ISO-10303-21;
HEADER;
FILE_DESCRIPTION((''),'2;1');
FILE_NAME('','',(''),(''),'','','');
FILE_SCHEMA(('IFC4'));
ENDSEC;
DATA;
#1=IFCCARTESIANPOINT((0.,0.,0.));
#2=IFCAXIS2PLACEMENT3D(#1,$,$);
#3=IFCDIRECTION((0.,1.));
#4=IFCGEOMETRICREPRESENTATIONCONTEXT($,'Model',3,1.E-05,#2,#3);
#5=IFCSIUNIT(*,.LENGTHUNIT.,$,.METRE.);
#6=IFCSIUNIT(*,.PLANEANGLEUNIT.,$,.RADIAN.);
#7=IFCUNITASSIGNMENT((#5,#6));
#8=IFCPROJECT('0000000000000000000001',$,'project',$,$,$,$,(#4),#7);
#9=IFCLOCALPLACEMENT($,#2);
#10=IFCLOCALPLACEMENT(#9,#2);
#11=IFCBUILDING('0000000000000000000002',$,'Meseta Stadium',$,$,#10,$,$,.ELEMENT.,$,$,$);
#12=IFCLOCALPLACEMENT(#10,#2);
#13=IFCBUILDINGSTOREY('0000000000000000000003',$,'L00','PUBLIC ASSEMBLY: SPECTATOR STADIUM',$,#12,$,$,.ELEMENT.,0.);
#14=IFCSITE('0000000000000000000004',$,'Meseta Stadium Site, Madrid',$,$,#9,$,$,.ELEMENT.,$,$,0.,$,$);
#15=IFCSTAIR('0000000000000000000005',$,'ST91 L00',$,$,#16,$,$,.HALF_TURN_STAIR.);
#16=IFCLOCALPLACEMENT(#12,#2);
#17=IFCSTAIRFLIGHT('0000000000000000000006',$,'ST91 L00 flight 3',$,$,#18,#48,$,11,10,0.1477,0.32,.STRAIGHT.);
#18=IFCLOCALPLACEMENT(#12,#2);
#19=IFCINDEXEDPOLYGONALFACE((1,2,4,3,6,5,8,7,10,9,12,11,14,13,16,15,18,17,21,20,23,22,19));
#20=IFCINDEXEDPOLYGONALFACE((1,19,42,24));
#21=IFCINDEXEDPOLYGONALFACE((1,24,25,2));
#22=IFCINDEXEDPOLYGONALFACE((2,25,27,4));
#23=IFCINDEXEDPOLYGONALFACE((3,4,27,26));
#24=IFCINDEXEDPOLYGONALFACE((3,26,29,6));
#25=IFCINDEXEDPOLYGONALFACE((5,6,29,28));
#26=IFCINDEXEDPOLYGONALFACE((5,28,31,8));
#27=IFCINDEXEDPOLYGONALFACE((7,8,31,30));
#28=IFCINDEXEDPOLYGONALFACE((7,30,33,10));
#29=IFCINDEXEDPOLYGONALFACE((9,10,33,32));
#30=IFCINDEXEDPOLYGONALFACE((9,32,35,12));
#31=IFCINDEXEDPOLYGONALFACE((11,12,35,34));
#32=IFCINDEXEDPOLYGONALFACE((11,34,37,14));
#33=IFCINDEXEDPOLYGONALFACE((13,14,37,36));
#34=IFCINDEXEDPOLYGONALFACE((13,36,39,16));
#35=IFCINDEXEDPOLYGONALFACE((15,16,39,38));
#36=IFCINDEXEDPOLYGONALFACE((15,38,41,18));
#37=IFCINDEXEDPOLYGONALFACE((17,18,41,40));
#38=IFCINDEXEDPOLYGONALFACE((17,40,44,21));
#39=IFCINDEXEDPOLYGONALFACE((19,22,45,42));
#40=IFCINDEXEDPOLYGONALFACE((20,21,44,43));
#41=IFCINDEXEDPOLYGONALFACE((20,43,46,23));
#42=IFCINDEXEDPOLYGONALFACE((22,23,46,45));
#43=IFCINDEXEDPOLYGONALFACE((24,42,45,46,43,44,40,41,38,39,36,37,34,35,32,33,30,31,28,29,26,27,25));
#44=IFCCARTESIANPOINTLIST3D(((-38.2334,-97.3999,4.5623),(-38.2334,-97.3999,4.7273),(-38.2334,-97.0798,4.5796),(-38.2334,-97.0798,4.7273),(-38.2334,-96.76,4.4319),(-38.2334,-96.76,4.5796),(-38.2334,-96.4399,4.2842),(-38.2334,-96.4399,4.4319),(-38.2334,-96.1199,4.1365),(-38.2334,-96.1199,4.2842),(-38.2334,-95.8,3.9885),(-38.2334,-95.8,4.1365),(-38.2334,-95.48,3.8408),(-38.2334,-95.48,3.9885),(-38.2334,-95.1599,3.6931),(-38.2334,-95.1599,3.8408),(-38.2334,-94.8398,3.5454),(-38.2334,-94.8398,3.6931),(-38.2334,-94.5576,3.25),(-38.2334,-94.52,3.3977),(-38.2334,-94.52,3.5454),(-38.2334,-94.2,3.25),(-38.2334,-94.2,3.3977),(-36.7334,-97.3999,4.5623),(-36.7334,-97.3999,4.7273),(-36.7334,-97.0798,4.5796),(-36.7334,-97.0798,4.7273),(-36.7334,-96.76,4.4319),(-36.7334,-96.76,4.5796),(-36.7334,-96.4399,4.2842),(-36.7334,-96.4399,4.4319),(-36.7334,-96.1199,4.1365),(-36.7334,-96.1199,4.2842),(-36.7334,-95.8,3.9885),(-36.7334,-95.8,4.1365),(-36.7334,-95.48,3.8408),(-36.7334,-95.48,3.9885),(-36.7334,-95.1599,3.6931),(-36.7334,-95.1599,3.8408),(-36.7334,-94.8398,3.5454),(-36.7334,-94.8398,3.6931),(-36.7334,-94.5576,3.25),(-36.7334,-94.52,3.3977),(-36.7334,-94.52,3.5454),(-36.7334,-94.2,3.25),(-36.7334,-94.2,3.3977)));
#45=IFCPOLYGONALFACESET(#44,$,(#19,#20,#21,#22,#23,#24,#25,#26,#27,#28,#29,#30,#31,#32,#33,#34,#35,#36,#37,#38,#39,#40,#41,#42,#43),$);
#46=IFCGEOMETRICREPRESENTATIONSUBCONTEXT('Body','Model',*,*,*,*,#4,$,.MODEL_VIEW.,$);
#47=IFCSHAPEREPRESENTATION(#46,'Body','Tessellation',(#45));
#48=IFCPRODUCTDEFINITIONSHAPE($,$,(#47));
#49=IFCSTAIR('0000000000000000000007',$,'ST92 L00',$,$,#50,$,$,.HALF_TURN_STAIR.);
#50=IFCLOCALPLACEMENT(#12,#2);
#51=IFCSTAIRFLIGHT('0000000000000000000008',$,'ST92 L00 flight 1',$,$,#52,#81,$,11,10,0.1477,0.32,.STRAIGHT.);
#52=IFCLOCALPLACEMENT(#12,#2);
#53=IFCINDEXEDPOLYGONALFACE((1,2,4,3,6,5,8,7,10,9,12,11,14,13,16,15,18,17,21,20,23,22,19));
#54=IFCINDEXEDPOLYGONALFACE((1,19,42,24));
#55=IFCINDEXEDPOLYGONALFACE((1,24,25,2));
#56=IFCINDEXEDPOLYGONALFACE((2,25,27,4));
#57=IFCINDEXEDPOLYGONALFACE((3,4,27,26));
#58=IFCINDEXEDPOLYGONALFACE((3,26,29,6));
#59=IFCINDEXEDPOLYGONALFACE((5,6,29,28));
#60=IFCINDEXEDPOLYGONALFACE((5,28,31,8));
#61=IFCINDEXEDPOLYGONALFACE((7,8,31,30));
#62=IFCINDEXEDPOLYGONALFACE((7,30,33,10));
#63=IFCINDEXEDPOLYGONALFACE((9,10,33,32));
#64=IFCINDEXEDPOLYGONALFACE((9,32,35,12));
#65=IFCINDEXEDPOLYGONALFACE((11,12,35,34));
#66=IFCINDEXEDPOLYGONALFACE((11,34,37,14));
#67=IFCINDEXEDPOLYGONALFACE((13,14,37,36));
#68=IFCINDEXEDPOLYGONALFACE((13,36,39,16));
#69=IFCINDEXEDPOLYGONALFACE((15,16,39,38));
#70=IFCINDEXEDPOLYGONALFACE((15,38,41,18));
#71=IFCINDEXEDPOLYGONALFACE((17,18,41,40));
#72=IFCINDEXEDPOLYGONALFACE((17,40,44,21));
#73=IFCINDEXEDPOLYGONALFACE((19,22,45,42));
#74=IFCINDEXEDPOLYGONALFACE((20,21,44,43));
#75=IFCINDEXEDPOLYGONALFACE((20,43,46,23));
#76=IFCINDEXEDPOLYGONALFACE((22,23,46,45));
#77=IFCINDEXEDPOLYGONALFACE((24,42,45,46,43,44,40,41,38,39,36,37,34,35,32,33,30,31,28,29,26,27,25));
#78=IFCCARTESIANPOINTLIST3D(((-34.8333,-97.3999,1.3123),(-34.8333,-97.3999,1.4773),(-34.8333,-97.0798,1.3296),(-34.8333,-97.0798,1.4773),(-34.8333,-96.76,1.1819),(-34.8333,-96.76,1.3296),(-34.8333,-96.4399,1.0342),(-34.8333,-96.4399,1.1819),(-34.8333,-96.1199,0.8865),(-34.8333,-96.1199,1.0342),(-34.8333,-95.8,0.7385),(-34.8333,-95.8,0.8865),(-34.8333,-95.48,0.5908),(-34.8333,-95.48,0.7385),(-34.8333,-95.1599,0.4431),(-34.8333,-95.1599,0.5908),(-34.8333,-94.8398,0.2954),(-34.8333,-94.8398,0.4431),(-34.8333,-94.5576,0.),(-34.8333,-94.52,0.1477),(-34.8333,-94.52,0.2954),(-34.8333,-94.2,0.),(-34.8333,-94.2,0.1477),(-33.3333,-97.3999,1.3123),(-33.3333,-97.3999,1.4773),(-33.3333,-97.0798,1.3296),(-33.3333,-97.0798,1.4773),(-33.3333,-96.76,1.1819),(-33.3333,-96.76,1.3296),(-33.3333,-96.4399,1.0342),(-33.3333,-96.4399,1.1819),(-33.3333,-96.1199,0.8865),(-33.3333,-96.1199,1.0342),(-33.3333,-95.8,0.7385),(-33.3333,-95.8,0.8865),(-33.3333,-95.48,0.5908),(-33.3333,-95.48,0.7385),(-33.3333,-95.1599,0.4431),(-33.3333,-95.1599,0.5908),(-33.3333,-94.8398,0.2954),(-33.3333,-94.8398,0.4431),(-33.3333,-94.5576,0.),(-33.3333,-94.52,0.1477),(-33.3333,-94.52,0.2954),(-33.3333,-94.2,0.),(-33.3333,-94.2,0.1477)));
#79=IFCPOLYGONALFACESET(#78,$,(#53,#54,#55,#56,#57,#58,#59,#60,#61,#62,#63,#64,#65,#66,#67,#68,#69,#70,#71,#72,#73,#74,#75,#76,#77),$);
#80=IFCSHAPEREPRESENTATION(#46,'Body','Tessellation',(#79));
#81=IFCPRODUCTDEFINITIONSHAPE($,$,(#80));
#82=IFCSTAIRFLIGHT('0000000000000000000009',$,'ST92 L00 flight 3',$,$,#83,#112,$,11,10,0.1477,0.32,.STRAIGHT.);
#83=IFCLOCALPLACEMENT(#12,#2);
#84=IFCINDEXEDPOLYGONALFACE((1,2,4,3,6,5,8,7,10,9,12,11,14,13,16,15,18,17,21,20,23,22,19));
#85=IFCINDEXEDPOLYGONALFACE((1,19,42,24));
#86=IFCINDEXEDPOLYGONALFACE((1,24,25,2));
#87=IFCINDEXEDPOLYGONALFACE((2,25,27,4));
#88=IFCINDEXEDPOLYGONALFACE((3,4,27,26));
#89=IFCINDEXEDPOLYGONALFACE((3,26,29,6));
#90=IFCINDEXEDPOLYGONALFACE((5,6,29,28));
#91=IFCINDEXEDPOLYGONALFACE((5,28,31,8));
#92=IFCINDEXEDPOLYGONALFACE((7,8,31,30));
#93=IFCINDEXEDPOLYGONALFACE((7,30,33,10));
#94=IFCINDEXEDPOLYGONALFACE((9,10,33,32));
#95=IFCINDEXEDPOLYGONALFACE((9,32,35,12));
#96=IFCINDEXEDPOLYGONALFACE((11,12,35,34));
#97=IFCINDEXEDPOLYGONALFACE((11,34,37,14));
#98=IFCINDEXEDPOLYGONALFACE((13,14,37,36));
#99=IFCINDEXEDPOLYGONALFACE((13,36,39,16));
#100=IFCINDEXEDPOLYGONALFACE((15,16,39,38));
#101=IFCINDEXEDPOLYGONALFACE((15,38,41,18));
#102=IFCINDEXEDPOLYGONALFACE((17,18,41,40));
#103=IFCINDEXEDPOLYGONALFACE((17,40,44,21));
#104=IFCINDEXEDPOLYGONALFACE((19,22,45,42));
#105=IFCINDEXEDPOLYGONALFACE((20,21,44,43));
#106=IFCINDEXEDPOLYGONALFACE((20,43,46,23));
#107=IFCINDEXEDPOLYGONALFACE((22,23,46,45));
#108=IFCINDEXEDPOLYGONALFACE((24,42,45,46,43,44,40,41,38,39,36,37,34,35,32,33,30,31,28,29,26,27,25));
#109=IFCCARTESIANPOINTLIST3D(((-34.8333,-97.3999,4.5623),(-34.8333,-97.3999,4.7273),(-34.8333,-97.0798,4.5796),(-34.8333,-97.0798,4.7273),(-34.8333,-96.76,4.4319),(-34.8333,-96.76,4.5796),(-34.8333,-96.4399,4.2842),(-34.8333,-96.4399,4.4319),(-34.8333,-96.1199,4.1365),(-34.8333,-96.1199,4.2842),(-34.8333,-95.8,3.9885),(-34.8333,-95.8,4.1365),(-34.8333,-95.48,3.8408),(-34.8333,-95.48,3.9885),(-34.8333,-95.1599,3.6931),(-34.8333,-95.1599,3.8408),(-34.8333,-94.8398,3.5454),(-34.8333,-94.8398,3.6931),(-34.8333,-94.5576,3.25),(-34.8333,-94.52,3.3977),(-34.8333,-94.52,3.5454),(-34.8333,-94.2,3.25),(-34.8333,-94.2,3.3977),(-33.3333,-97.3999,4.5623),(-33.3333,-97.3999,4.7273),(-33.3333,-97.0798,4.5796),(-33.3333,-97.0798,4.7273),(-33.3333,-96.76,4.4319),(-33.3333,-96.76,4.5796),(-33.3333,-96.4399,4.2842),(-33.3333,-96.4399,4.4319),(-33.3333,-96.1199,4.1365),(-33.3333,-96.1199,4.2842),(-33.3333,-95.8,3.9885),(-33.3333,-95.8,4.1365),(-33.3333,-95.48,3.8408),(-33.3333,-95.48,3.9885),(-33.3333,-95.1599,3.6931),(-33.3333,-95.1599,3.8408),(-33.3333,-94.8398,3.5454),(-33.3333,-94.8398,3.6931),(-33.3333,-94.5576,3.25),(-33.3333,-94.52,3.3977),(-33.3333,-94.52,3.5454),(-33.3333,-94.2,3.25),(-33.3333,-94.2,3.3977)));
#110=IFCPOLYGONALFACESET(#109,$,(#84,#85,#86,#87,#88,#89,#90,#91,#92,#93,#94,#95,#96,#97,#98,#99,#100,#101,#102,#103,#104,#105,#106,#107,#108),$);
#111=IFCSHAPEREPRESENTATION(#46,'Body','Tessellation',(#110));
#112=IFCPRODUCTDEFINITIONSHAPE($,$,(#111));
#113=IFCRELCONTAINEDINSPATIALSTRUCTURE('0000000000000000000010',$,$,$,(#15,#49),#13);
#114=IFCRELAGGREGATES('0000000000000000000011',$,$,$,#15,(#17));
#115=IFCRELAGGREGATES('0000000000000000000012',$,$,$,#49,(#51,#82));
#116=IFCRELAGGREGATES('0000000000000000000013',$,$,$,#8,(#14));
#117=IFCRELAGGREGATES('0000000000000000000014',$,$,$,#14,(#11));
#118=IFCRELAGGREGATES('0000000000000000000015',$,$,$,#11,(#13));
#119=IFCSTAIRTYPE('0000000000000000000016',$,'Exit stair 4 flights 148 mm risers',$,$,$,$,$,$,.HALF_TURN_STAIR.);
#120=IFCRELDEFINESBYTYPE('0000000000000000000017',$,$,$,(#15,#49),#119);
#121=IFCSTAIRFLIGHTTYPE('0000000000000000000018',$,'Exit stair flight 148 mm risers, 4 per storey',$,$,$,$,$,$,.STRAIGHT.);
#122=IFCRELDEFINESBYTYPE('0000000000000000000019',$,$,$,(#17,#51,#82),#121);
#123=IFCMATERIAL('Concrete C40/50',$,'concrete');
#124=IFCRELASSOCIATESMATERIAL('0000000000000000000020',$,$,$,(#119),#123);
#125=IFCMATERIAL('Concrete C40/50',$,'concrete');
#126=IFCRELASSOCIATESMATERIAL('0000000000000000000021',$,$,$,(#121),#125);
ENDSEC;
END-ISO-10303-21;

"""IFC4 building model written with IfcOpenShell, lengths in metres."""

from ifc_helpers import new_model, si_unit, direction, frame, origin, place, context, subcontext, project, spatial, polyline, outline, extrude, material, type_object, element, aggregate, save


model = new_model("IFC4")

# Units and contexts
model_context = context("Model", 3, precision=1e-05, world=origin(), true_north=direction((0.0, 1.0)))
body_context = subcontext(model_context, "Body", "Model", "MODEL_VIEW")
ifc_project = project(units=[si_unit("LENGTHUNIT", "METRE"), si_unit("PLANEANGLEUNIT", "RADIAN")], contexts=[model_context])

# Site, building, storey
site_placement = place(None, origin())
site = spatial("IfcSite", under=ifc_project, at=site_placement, Name="Meseta Stadium Site, Madrid", CompositionType="ELEMENT", RefElevation=0.0)
building_placement = place(site_placement, origin())
building = spatial("IfcBuilding", under=site, at=building_placement, Name="Meseta Stadium", CompositionType="ELEMENT")
storey_placement = place(building_placement, origin())
storey = spatial("IfcBuildingStorey", under=building, at=storey_placement, Name="L00", Description="PUBLIC ASSEMBLY: SPECTATOR STADIUM", CompositionType="ELEMENT", Elevation=0.0)

# Stairs, stair flights
ifc_material_1 = material(Name="Concrete C40/50", Category="concrete")
stair_type = type_object("IfcStairType", Name="Exit stair 4 flights 148 mm risers", PredefinedType="HALF_TURN_STAIR", material=ifc_material_1)
stair_1_placement = place(storey_placement, origin())
stair_1 = element("IfcStair", 1, at=stair_1_placement, inside=storey, type_object=stair_type, Name="ST91 L00", PredefinedType="HALF_TURN_STAIR")
ifc_material_2 = material(Name="Concrete C40/50", Category="concrete")
stair_flight_type = type_object("IfcStairFlightType", Name="Exit stair flight 148 mm risers, 4 per storey", PredefinedType="STRAIGHT", material=ifc_material_2)
stair_flight_1_placement = place(storey_placement, frame((-37.4834, -94.2, 3.25), z_axis=(0.0, 0.0, 1.0), x_axis=(0.0, -1.0, 0.0)))
stair_flight_1 = element("IfcStairFlight", 2, at=stair_flight_1_placement, type_object=stair_flight_type, Name="ST91 L00 flight 3", NumberOfRisers=11, NumberOfTreads=10, PredefinedType="STRAIGHT", RiserHeight=0.1477, TreadLength=0.32, context=body_context, shape_type="SweptSolid", body=[
    extrude(outline(polyline([(0.0, 0.0), (0.0, 0.1477), (0.3201, 0.1477), (0.3201, 0.2954), (0.6399, 0.2954), (0.6399, 0.4431), (0.96, 0.4431), (0.96, 0.5908), (1.28, 0.5908), (1.28, 0.7385), (1.6001, 0.7385), (1.6001, 0.8865), (1.9199, 0.8865), (1.9199, 1.0342), (2.24, 1.0342), (2.24, 1.1819), (2.5601, 1.1819), (2.5601, 1.3296), (2.8799, 1.3296), (2.8799, 1.4773), (3.2, 1.4773), (3.2, 1.3123), (0.3577, 0.0), (0.0, 0.0)])), frame((0.0, 0.75, 0.0), z_axis=(0.0, -1.0, 0.0), x_axis=(1.0, 0.0, 0.0)), (0.0, 0.0, 1.0), 1.5),
])
aggregate(stair_1, [stair_flight_1])
stair_2_placement = place(storey_placement, origin())
stair_2 = element("IfcStair", 3, at=stair_2_placement, inside=storey, type_object=stair_type, Name="ST92 L00", PredefinedType="HALF_TURN_STAIR")
stair_flight_2_placement = place(storey_placement, frame((-34.0833, -94.2, 0.0), z_axis=(0.0, 0.0, 1.0), x_axis=(0.0, -1.0, 0.0)))
stair_flight_2 = element("IfcStairFlight", 4, at=stair_flight_2_placement, type_object=stair_flight_type, Name="ST92 L00 flight 1", NumberOfRisers=11, NumberOfTreads=10, PredefinedType="STRAIGHT", RiserHeight=0.1477, TreadLength=0.32, context=body_context, shape_type="SweptSolid", body=[
    extrude(outline(polyline([(0.0, 0.0), (0.0, 0.1477), (0.3201, 0.1477), (0.3201, 0.2954), (0.6399, 0.2954), (0.6399, 0.4431), (0.96, 0.4431), (0.96, 0.5908), (1.28, 0.5908), (1.28, 0.7385), (1.6001, 0.7385), (1.6001, 0.8865), (1.9199, 0.8865), (1.9199, 1.0342), (2.24, 1.0342), (2.24, 1.1819), (2.5601, 1.1819), (2.5601, 1.3296), (2.8799, 1.3296), (2.8799, 1.4773), (3.2, 1.4773), (3.2, 1.3123), (0.3577, 0.0), (0.0, 0.0)])), frame((0.0, 0.75, 0.0), z_axis=(0.0, -1.0, 0.0), x_axis=(1.0, 0.0, 0.0)), (0.0, 0.0, 1.0), 1.5),
])
stair_flight_3_placement = place(storey_placement, frame((-34.0833, -94.2, 3.25), z_axis=(0.0, 0.0, 1.0), x_axis=(0.0, -1.0, 0.0)))
stair_flight_3 = element("IfcStairFlight", 5, at=stair_flight_3_placement, type_object=stair_flight_type, Name="ST92 L00 flight 3", NumberOfRisers=11, NumberOfTreads=10, PredefinedType="STRAIGHT", RiserHeight=0.1477, TreadLength=0.32, context=body_context, shape_type="SweptSolid", body=[
    extrude(outline(polyline([(0.0, 0.0), (0.0, 0.1477), (0.3201, 0.1477), (0.3201, 0.2954), (0.6399, 0.2954), (0.6399, 0.4431), (0.96, 0.4431), (0.96, 0.5908), (1.28, 0.5908), (1.28, 0.7385), (1.6001, 0.7385), (1.6001, 0.8865), (1.9199, 0.8865), (1.9199, 1.0342), (2.24, 1.0342), (2.24, 1.1819), (2.5601, 1.1819), (2.5601, 1.3296), (2.8799, 1.3296), (2.8799, 1.4773), (3.2, 1.4773), (3.2, 1.3123), (0.3577, 0.0), (0.0, 0.0)])), frame((0.0, 0.75, 0.0), z_axis=(0.0, -1.0, 0.0), x_axis=(1.0, 0.0, 0.0)), (0.0, 0.0, 1.0), 1.5),
])
aggregate(stair_2, [stair_flight_2, stair_flight_3])

save(model, "model.ifc")
